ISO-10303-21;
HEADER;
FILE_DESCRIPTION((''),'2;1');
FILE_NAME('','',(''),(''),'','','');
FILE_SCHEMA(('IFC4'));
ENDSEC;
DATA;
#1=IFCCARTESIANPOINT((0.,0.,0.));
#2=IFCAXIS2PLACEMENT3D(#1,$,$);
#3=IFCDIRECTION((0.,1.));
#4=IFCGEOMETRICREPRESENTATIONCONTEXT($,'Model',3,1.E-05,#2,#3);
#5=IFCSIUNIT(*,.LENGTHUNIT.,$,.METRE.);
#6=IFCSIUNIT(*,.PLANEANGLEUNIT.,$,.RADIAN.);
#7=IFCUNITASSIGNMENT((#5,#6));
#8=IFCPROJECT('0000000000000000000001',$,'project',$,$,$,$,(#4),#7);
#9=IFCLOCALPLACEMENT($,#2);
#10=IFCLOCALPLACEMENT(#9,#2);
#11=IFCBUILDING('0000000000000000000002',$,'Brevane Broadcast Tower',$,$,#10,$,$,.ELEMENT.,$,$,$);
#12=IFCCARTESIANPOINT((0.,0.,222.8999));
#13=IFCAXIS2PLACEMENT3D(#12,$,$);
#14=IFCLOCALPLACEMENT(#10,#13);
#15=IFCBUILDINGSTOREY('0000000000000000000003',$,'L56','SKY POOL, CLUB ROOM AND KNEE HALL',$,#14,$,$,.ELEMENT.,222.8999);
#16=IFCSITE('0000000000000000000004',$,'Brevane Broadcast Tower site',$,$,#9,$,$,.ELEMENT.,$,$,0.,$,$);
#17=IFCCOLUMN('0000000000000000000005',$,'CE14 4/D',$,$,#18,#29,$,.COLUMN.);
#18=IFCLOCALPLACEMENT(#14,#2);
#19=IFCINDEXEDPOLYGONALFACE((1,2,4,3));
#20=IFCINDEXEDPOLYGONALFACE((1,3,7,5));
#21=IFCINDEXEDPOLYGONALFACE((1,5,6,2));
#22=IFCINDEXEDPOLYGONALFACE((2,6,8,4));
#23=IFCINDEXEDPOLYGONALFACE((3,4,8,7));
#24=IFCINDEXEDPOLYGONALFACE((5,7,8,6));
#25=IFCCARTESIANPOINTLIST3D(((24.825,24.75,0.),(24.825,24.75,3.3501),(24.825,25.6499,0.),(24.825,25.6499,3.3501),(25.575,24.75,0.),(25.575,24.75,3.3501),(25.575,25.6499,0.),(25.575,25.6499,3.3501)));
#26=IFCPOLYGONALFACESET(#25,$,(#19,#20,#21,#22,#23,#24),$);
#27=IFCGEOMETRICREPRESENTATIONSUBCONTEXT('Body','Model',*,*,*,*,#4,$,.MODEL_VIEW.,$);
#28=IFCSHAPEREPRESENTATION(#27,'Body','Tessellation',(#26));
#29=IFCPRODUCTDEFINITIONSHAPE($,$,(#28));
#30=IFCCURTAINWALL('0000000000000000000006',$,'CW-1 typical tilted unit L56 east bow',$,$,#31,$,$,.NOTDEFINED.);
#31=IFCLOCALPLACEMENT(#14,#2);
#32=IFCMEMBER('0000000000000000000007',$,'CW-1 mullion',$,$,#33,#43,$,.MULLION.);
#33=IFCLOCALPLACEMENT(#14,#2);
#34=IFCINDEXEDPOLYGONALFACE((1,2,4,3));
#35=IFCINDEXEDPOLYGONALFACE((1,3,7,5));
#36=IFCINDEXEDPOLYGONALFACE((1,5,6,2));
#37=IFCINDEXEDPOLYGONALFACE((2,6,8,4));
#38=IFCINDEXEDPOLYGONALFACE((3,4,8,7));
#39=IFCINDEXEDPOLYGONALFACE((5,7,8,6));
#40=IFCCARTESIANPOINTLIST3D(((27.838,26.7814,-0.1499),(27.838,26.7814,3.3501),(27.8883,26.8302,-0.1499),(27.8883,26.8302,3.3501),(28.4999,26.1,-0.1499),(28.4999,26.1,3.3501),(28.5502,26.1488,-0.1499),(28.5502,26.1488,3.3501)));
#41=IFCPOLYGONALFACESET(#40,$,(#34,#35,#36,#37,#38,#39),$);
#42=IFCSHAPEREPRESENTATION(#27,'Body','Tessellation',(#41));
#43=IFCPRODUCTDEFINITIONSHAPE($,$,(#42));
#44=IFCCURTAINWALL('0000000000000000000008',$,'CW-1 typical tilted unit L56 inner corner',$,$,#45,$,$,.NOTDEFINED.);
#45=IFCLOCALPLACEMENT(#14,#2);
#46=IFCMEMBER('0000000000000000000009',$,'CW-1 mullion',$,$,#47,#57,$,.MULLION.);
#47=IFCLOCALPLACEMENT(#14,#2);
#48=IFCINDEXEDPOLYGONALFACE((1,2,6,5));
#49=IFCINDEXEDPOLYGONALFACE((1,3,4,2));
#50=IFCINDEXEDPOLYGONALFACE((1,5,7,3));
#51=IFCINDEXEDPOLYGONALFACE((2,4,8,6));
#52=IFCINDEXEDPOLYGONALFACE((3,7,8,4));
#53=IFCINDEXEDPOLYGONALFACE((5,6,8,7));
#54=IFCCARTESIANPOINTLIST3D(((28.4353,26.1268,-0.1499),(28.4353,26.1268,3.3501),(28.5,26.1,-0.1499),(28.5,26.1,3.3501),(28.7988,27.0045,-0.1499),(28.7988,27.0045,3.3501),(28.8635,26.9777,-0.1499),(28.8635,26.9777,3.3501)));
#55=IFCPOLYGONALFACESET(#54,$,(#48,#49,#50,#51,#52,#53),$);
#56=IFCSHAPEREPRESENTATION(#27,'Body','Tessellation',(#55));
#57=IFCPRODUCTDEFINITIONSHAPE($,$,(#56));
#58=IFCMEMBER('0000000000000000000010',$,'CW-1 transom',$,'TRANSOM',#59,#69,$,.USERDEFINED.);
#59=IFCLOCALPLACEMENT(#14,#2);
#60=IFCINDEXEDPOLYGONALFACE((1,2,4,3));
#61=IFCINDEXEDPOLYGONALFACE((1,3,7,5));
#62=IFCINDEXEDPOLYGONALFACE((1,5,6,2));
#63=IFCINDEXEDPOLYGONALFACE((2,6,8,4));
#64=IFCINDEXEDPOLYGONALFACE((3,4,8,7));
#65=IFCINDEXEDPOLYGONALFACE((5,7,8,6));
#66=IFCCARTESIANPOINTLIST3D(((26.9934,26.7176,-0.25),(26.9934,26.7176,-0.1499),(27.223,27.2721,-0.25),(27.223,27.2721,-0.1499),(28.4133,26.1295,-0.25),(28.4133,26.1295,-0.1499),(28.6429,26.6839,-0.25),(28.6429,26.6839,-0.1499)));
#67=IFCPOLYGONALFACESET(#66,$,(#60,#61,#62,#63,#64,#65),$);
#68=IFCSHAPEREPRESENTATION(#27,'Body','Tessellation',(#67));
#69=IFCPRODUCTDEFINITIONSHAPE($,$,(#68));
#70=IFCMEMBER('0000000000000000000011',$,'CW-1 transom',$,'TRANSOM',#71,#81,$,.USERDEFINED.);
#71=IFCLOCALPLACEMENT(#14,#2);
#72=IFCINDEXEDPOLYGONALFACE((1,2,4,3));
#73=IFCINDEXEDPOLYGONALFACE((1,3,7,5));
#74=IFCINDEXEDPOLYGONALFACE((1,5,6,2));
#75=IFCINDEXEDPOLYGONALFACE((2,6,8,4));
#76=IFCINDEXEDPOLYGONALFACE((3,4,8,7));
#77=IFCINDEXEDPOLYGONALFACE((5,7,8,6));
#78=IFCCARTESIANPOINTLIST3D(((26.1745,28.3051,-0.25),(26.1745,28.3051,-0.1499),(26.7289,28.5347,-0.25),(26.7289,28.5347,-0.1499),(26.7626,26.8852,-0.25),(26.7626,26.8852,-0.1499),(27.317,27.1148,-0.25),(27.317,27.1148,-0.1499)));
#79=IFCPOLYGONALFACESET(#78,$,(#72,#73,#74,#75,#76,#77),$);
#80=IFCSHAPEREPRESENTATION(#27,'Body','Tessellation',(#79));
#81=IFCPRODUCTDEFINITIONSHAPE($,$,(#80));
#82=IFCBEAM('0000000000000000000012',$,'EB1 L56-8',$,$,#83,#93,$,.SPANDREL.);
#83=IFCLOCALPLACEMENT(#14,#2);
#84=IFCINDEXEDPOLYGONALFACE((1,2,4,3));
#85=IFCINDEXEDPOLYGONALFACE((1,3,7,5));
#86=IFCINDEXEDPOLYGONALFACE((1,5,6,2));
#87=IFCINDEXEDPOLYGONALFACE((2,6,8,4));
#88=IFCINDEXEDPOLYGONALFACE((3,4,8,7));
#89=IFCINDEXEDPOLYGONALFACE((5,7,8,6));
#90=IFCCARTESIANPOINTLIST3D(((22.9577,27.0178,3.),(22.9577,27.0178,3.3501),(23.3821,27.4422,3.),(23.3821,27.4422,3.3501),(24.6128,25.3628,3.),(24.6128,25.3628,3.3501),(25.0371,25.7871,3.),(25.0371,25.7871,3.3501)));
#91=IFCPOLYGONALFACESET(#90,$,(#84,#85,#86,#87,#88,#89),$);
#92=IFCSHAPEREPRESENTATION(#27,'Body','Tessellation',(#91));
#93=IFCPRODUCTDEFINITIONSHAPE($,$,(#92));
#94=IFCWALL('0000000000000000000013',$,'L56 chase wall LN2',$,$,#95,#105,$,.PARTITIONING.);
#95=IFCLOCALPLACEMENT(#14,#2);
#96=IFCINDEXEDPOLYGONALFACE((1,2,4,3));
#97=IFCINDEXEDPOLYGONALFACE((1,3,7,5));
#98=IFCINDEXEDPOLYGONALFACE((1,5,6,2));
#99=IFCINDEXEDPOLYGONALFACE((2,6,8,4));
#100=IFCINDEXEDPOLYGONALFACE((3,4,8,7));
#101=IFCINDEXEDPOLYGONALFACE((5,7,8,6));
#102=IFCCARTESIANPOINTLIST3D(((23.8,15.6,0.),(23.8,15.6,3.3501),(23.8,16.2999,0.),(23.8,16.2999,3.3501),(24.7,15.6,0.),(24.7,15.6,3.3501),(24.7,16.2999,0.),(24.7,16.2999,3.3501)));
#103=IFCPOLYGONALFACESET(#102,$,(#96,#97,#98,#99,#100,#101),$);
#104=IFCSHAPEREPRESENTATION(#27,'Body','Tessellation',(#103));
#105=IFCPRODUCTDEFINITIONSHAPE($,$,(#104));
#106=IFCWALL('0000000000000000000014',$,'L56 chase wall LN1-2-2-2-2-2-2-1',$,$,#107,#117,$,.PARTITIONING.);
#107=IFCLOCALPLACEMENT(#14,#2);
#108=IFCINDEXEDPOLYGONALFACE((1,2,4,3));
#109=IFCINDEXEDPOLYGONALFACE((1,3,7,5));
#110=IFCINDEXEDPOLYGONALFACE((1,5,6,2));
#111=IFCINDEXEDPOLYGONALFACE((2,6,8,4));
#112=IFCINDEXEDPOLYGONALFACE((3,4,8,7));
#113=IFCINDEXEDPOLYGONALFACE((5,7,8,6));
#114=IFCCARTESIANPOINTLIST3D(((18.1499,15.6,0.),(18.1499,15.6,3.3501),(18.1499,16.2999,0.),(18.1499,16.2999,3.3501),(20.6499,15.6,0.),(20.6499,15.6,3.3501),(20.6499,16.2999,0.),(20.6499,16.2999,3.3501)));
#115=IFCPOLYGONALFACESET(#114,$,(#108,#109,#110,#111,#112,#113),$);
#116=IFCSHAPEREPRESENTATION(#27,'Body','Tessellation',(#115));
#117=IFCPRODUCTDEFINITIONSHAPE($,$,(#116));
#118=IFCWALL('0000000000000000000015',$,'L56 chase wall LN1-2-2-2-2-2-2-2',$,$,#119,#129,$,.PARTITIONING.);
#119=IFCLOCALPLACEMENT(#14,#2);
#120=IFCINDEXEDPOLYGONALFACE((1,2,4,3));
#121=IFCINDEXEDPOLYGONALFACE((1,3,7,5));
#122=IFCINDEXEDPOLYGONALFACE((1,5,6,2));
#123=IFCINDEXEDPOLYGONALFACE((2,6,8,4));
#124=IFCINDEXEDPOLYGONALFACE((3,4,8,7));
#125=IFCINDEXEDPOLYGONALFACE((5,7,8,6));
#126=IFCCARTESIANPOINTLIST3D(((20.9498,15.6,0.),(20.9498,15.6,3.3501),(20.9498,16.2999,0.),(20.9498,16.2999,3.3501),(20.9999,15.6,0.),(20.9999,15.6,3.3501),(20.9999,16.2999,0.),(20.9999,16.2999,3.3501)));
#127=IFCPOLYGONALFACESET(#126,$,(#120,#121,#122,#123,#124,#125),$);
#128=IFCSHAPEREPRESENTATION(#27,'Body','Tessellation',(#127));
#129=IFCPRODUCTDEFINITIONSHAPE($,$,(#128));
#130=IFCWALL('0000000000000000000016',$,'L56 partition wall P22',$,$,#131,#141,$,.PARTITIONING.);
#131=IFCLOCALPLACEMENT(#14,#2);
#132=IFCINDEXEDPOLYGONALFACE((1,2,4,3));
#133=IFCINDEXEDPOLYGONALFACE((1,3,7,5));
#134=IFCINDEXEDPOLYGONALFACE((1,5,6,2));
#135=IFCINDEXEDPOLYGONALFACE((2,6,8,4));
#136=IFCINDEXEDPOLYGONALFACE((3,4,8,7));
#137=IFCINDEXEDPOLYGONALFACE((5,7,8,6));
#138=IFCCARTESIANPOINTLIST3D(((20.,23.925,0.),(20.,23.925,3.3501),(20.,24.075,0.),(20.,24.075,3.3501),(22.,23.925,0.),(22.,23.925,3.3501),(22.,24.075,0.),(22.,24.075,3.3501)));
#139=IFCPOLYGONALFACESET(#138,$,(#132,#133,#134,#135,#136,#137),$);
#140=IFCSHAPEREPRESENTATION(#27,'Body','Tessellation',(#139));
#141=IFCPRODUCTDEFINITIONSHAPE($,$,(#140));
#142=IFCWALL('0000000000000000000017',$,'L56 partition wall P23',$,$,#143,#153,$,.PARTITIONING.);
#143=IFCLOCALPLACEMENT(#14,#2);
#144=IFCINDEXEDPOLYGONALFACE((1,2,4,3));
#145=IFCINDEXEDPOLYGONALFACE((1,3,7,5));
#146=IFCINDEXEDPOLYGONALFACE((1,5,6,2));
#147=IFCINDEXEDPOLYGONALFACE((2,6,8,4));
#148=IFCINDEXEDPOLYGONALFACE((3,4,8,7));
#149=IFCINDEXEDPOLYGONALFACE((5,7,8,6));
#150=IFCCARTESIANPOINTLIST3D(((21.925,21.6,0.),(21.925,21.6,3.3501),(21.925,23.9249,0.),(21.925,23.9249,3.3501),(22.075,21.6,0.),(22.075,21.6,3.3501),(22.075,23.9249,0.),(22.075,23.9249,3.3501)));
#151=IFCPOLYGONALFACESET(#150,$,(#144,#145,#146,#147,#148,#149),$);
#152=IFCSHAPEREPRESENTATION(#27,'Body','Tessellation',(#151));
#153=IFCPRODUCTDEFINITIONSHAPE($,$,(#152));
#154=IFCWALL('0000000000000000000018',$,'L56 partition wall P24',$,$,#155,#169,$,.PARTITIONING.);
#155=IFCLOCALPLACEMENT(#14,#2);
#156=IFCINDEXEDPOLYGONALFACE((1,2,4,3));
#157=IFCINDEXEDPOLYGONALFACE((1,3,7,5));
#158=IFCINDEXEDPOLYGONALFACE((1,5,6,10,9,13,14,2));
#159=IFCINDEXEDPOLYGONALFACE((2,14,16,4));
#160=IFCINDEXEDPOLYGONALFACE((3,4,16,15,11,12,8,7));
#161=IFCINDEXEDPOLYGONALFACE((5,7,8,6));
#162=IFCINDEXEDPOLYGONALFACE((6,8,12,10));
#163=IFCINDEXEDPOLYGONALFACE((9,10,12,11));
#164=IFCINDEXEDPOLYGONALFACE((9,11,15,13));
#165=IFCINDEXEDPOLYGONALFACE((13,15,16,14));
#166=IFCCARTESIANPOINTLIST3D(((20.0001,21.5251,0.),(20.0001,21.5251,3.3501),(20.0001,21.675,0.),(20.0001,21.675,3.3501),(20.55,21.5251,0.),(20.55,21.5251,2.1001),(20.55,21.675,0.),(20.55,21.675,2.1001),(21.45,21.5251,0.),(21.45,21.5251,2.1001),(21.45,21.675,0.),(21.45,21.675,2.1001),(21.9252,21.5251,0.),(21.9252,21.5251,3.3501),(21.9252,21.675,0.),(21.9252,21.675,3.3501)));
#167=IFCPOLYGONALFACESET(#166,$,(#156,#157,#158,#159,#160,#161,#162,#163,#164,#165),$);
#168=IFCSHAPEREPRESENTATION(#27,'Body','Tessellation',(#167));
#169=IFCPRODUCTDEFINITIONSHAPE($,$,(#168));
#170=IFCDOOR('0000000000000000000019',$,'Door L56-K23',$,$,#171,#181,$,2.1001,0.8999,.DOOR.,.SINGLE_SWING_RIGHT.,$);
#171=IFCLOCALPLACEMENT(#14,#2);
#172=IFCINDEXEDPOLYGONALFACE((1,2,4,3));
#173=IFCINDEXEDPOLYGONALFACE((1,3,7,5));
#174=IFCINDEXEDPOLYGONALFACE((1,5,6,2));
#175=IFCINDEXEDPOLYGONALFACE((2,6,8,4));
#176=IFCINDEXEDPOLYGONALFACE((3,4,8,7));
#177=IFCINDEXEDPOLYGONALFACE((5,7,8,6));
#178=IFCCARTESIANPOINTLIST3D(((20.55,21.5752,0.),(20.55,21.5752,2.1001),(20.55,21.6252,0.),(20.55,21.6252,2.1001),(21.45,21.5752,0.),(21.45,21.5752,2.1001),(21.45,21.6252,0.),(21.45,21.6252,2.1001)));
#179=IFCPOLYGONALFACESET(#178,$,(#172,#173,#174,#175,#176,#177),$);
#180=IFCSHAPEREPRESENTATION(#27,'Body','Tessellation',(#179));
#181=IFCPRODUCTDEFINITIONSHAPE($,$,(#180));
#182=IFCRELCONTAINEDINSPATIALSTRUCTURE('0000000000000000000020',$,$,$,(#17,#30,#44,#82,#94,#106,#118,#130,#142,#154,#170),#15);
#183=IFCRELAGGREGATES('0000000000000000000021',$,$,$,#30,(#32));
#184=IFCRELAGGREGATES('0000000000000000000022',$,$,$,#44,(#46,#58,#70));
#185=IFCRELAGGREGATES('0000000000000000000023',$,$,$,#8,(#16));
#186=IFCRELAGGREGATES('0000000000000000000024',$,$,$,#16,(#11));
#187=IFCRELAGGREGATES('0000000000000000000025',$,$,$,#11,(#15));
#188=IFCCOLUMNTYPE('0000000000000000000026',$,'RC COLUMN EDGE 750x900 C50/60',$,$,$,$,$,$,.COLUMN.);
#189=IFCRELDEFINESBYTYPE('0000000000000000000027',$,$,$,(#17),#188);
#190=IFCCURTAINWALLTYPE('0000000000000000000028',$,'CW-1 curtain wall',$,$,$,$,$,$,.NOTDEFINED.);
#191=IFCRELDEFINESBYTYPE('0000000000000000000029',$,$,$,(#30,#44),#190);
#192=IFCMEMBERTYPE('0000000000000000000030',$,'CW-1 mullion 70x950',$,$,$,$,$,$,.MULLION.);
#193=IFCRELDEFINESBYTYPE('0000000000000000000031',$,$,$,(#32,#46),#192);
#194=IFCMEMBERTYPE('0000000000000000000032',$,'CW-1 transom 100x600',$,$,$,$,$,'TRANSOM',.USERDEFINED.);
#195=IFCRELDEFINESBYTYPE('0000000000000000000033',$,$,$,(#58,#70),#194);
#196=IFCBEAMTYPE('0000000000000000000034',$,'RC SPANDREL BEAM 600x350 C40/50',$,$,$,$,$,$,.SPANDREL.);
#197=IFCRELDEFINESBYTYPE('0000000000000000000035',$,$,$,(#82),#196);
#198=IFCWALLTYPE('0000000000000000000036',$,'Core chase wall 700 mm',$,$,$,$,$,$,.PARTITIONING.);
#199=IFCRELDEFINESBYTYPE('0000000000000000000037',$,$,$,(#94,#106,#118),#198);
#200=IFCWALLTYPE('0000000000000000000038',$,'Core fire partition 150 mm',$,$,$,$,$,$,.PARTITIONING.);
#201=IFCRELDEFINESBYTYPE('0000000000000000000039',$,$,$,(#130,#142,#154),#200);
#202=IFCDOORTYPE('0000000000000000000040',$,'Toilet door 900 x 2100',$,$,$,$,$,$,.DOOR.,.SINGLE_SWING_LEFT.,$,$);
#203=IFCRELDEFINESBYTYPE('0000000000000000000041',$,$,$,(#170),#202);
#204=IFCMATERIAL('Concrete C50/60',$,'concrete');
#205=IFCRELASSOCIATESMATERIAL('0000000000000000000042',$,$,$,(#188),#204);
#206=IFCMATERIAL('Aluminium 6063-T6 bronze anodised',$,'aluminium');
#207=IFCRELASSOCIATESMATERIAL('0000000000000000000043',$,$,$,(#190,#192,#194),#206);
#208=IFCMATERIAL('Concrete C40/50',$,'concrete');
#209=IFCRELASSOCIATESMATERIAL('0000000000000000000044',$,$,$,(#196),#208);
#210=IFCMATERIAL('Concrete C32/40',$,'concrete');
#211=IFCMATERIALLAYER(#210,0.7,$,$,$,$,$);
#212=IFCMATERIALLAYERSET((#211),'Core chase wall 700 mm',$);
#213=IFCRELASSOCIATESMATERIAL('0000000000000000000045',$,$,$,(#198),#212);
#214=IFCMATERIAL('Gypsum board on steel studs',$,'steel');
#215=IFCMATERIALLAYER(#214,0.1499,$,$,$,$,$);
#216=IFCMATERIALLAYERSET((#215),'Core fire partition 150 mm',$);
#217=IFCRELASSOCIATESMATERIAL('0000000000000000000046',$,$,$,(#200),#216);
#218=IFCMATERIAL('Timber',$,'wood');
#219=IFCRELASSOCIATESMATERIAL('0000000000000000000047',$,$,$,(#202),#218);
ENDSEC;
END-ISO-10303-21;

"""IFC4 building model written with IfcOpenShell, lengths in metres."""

from ifc_helpers import new_model, si_unit, direction, frame, frame_2d, origin, origin_2d, place, context, subcontext, project, spatial, rectangle, extrude, material, layer, layer_set, material_profile, profile_set, type_object, element, fill, aggregate, save


model = new_model("IFC4")

# Units and contexts
model_context = context("Model", 3, precision=1e-05, world=origin(), true_north=direction((0.0, 1.0)))
body_context = subcontext(model_context, "Body", "Model", "MODEL_VIEW")
ifc_project = project(units=[si_unit("LENGTHUNIT", "METRE"), si_unit("PLANEANGLEUNIT", "RADIAN")], contexts=[model_context])

# Site, building, storey
site_placement = place(None, origin())
site = spatial("IfcSite", under=ifc_project, at=site_placement, Name="Brevane Broadcast Tower site", CompositionType="ELEMENT", RefElevation=0.0)
building_placement = place(site_placement, origin())
building = spatial("IfcBuilding", under=site, at=building_placement, Name="Brevane Broadcast Tower", CompositionType="ELEMENT")
storey_placement = place(building_placement, frame((0.0, 0.0, 222.8999)))
storey = spatial("IfcBuildingStorey", under=building, at=storey_placement, Name="L56", Description="SKY POOL, CLUB ROOM AND KNEE HALL", CompositionType="ELEMENT", Elevation=222.8999)

# Column
ifc_material_1 = material(Name="Concrete C50/60", Category="concrete")
ifc_material_profile_1 = material_profile(ifc_material_1, rectangle(XDim=0.75, YDim=0.8999, at=origin_2d()), Name="RC 750x900")
ifc_profile_set_1 = profile_set([ifc_material_profile_1], Name="Concrete C50/60")
column_type = type_object("IfcColumnType", Name="RC COLUMN EDGE 750x900 C50/60", PredefinedType="COLUMN", material=ifc_profile_set_1)
column_placement = place(storey_placement, frame((25.2, 25.2, 0.0), z_axis=(0.0, 0.0, 1.0), x_axis=(1.0, 0.0, 0.0)))
element("IfcColumn", 1, at=column_placement, inside=storey, type_object=column_type, Name="CE14 4/D", PredefinedType="COLUMN", context=body_context, shape_type="SweptSolid", body=[
    extrude(rectangle(XDim=0.75, YDim=0.8999, at=origin_2d()), origin(), (0.0, 0.0, 1.0), 3.3501),
])

# Curtain wall, member
ifc_material_2 = material(Name="Aluminium 6063-T6 bronze anodised", Category="aluminium")
curtain_wall_type = type_object("IfcCurtainWallType", Name="CW-1 curtain wall", PredefinedType="NOTDEFINED", material=ifc_material_2)
curtain_wall_1_placement = place(storey_placement, origin())
curtain_wall_1 = element("IfcCurtainWall", 2, at=curtain_wall_1_placement, inside=storey, type_object=curtain_wall_type, Name="CW-1 typical tilted unit L56 east bow", PredefinedType="NOTDEFINED")
ifc_material_profile_2 = material_profile(ifc_material_2, rectangle(XDim=0.95, YDim=0.0701, at=origin_2d()), Name="RECT 70x950")
ifc_profile_set_2 = profile_set([ifc_material_profile_2], Name="Aluminium 6063-T6 bronze anodised")
member_type_1 = type_object("IfcMemberType", Name="CW-1 mullion 70x950", PredefinedType="MULLION", material=ifc_profile_set_2)
member_1_placement = place(storey_placement, frame((28.1941, 26.4651, -0.1499), z_axis=(0.0, 0.0, 1.0), x_axis=(0.696812, -0.717254, 0.0)))
member_1 = element("IfcMember", 3, at=member_1_placement, type_object=member_type_1, Name="CW-1 mullion", PredefinedType="MULLION", context=body_context, shape_type="SweptSolid", body=[
    extrude(rectangle(XDim=0.95, YDim=0.0701, at=origin_2d()), origin(), (0.0, 0.0, 1.0), 3.5),
])
aggregate(curtain_wall_1, [member_1])

# Curtain wall, members
curtain_wall_2_placement = place(storey_placement, origin())
curtain_wall_2 = element("IfcCurtainWall", 4, at=curtain_wall_2_placement, inside=storey, type_object=curtain_wall_type, Name="CW-1 typical tilted unit L56 inner corner", PredefinedType="NOTDEFINED")
member_2_placement = place(storey_placement, frame((28.6494, 26.5522, -0.1499), z_axis=(0.0, 0.0, 1.0), x_axis=(-0.382683, -0.92388, 0.0)))
member_2 = element("IfcMember", 5, at=member_2_placement, type_object=member_type_1, Name="CW-1 mullion", PredefinedType="MULLION", context=body_context, shape_type="SweptSolid", body=[
    extrude(rectangle(XDim=0.95, YDim=0.0701, at=origin_2d()), origin(), (0.0, 0.0, 1.0), 3.5),
])
ifc_material_profile_3 = material_profile(ifc_material_2, rectangle(XDim=0.6001, YDim=0.1001, at=origin_2d()), Name="RECT 100x600")
ifc_profile_set_3 = profile_set([ifc_material_profile_3], Name="Aluminium 6063-T6 bronze anodised")
member_type_2 = type_object("IfcMemberType", Name="CW-1 transom 100x600", ElementType="TRANSOM", PredefinedType="USERDEFINED", material=ifc_profile_set_3)
member_3_placement = place(storey_placement, frame((28.5281, 26.4067, -0.2), z_axis=(-0.923883, 0.382674, 0.0), x_axis=(-0.382674, -0.923883, 0.0)))
member_3 = element("IfcMember", 6, at=member_3_placement, type_object=member_type_2, Name="CW-1 transom", ObjectType="TRANSOM", PredefinedType="USERDEFINED", context=body_context, shape_type="SweptSolid", body=[
    extrude(rectangle(XDim=0.6001, YDim=0.1001, at=origin_2d()), origin(), (0.0, 0.0, 1.0), 1.5369),
])
member_4_placement = place(storey_placement, frame((27.0398, 27.0, -0.2), z_axis=(-0.382674, 0.923883, 0.0), x_axis=(-0.923883, -0.382674, 0.0)))
member_4 = element("IfcMember", 7, at=member_4_placement, type_object=member_type_2, Name="CW-1 transom", ObjectType="TRANSOM", PredefinedType="USERDEFINED", context=body_context, shape_type="SweptSolid", body=[
    extrude(rectangle(XDim=0.6001, YDim=0.1001, at=origin_2d()), origin(), (0.0, 0.0, 1.0), 1.5369),
])
aggregate(curtain_wall_2, [member_2, member_3, member_4])

# Beam
ifc_material_3 = material(Name="Concrete C40/50", Category="concrete")
ifc_material_profile_4 = material_profile(ifc_material_3, rectangle(XDim=0.6001, YDim=0.3501, at=origin_2d()), Name="RC 600x350")
ifc_profile_set_4 = profile_set([ifc_material_profile_4], Name="Concrete C40/50")
beam_type = type_object("IfcBeamType", Name="RC SPANDREL BEAM 600x350 C40/50", PredefinedType="SPANDREL", material=ifc_profile_set_4)
beam_placement = place(storey_placement, frame((24.825, 25.575, 3.175), z_axis=(-0.707107, 0.707107, 0.0), x_axis=(-0.707107, -0.707107, 0.0)))
element("IfcBeam", 8, at=beam_placement, inside=storey, type_object=beam_type, Name="EB1 L56-8", PredefinedType="SPANDREL", context=body_context, shape_type="SweptSolid", body=[
    extrude(rectangle(XDim=0.6001, YDim=0.3501, at=origin_2d()), origin(), (0.0, 0.0, 1.0), 2.3406),
])

# Walls
ifc_material_4 = material(Name="Concrete C32/40", Category="concrete")
ifc_layer_1 = layer(ifc_material_4, 0.7)
ifc_layer_set_1 = layer_set([ifc_layer_1], Name="Core chase wall 700 mm")
wall_type_1 = type_object("IfcWallType", Name="Core chase wall 700 mm", PredefinedType="PARTITIONING", material=ifc_layer_set_1)
wall_1_placement = place(storey_placement, frame((23.8, 15.95, 0.0), z_axis=(0.0, 0.0, 1.0), x_axis=(1.0, 0.0, 0.0)))
element("IfcWall", 9, at=wall_1_placement, inside=storey, type_object=wall_type_1, Name="L56 chase wall LN2", PredefinedType="PARTITIONING", context=body_context, shape_type="SweptSolid", body=[
    extrude(rectangle(XDim=0.8999, YDim=0.7, at=frame_2d((0.45, 0.0))), origin(), (0.0, 0.0, 1.0), 3.3501),
])
wall_2_placement = place(storey_placement, frame((18.1499, 15.95, 0.0), z_axis=(0.0, 0.0, 1.0), x_axis=(1.0, 0.0, 0.0)))
element("IfcWall", 10, at=wall_2_placement, inside=storey, type_object=wall_type_1, Name="L56 chase wall LN1-2-2-2-2-2-2-1", PredefinedType="PARTITIONING", context=body_context, shape_type="SweptSolid", body=[
    extrude(rectangle(XDim=2.5, YDim=0.7, at=frame_2d((1.25, 0.0))), origin(), (0.0, 0.0, 1.0), 3.3501),
])
wall_3_placement = place(storey_placement, frame((20.95, 15.95, 0.0), z_axis=(0.0, 0.0, 1.0), x_axis=(1.0, 0.0, 0.0)))
element("IfcWall", 11, at=wall_3_placement, inside=storey, type_object=wall_type_1, Name="L56 chase wall LN1-2-2-2-2-2-2-2", PredefinedType="PARTITIONING", context=body_context, shape_type="SweptSolid", body=[
    extrude(rectangle(XDim=0.05, YDim=0.7, at=frame_2d((0.0249, 0.0))), origin(), (0.0, 0.0, 1.0), 3.3501),
])
ifc_material_5 = material(Name="Gypsum board on steel studs", Category="steel")
ifc_layer_2 = layer(ifc_material_5, 0.1499)
ifc_layer_set_2 = layer_set([ifc_layer_2], Name="Core fire partition 150 mm")
wall_type_2 = type_object("IfcWallType", Name="Core fire partition 150 mm", PredefinedType="PARTITIONING", material=ifc_layer_set_2)
wall_4_placement = place(storey_placement, frame((20.0, 24.0, 0.0), z_axis=(0.0, 0.0, 1.0), x_axis=(1.0, 0.0, 0.0)))
element("IfcWall", 12, at=wall_4_placement, inside=storey, type_object=wall_type_2, Name="L56 partition wall P22", PredefinedType="PARTITIONING", context=body_context, shape_type="SweptSolid", body=[
    extrude(rectangle(XDim=2.0, YDim=0.1499, at=frame_2d((1.0, 0.0))), origin(), (0.0, 0.0, 1.0), 3.3501),
])
wall_5_placement = place(storey_placement, frame((22.0, 23.925, 0.0), z_axis=(0.0, 0.0, 1.0), x_axis=(0.0, -1.0, 0.0)))
element("IfcWall", 13, at=wall_5_placement, inside=storey, type_object=wall_type_2, Name="L56 partition wall P23", PredefinedType="PARTITIONING", context=body_context, shape_type="SweptSolid", body=[
    extrude(rectangle(XDim=2.325, YDim=0.1499, at=frame_2d((1.1626, 0.0))), origin(), (0.0, 0.0, 1.0), 3.3501),
])

# Wall, opening, door
wall_6_placement = place(storey_placement, frame((21.925, 21.6001, 0.0), z_axis=(0.0, 0.0, 1.0), x_axis=(-1.0, 0.0, 0.0)))
wall_6 = element("IfcWall", 14, at=wall_6_placement, inside=storey, type_object=wall_type_2, Name="L56 partition wall P24", PredefinedType="PARTITIONING", context=body_context, shape_type="SweptSolid", body=[
    extrude(rectangle(XDim=1.925, YDim=0.1499, at=frame_2d((0.9624, 0.0))), origin(), (0.0, 0.0, 1.0), 3.3501),
])
opening_1_placement = place(wall_6_placement, frame((0.4751, 0.0, 0.0)))
opening_1 = element("IfcOpeningElement", 15, at=opening_1_placement, cuts=wall_6, PredefinedType="OPENING", context=body_context, shape_type="SweptSolid", body=[
    extrude(rectangle(XDim=0.8999, YDim=2.1001, at=frame_2d((0.45, 1.05))), frame((0.0, 0.085, 0.0), z_axis=(0.0, -1.0, 0.0), x_axis=(1.0, 0.0, 0.0)), (0.0, 0.0, 1.0), 0.1699),
])
ifc_material_6 = material(Name="Timber", Category="wood")
door_type_1 = type_object("IfcDoorType", Name="Toilet door 900 x 2100", OperationType="SINGLE_SWING_LEFT", PredefinedType="DOOR", material=ifc_material_6)
door_1_placement = place(opening_1_placement, origin())
door_1 = element("IfcDoor", 16, at=door_1_placement, inside=storey, type_object=door_type_1, Name="Door L56-K23", OperationType="SINGLE_SWING_RIGHT", OverallHeight=2.1001, OverallWidth=0.8999, PredefinedType="DOOR", context=body_context, shape_type="SweptSolid", body=[
    extrude(rectangle(XDim=0.8999, YDim=2.1001, at=frame_2d((0.45, 1.05))), frame((0.0, 0.0249, 0.0), z_axis=(0.0, -1.0, 0.0), x_axis=(1.0, 0.0, 0.0)), (0.0, 0.0, 1.0), 0.05),
])
fill(opening_1, door_1)

save(model, "model.ifc")
